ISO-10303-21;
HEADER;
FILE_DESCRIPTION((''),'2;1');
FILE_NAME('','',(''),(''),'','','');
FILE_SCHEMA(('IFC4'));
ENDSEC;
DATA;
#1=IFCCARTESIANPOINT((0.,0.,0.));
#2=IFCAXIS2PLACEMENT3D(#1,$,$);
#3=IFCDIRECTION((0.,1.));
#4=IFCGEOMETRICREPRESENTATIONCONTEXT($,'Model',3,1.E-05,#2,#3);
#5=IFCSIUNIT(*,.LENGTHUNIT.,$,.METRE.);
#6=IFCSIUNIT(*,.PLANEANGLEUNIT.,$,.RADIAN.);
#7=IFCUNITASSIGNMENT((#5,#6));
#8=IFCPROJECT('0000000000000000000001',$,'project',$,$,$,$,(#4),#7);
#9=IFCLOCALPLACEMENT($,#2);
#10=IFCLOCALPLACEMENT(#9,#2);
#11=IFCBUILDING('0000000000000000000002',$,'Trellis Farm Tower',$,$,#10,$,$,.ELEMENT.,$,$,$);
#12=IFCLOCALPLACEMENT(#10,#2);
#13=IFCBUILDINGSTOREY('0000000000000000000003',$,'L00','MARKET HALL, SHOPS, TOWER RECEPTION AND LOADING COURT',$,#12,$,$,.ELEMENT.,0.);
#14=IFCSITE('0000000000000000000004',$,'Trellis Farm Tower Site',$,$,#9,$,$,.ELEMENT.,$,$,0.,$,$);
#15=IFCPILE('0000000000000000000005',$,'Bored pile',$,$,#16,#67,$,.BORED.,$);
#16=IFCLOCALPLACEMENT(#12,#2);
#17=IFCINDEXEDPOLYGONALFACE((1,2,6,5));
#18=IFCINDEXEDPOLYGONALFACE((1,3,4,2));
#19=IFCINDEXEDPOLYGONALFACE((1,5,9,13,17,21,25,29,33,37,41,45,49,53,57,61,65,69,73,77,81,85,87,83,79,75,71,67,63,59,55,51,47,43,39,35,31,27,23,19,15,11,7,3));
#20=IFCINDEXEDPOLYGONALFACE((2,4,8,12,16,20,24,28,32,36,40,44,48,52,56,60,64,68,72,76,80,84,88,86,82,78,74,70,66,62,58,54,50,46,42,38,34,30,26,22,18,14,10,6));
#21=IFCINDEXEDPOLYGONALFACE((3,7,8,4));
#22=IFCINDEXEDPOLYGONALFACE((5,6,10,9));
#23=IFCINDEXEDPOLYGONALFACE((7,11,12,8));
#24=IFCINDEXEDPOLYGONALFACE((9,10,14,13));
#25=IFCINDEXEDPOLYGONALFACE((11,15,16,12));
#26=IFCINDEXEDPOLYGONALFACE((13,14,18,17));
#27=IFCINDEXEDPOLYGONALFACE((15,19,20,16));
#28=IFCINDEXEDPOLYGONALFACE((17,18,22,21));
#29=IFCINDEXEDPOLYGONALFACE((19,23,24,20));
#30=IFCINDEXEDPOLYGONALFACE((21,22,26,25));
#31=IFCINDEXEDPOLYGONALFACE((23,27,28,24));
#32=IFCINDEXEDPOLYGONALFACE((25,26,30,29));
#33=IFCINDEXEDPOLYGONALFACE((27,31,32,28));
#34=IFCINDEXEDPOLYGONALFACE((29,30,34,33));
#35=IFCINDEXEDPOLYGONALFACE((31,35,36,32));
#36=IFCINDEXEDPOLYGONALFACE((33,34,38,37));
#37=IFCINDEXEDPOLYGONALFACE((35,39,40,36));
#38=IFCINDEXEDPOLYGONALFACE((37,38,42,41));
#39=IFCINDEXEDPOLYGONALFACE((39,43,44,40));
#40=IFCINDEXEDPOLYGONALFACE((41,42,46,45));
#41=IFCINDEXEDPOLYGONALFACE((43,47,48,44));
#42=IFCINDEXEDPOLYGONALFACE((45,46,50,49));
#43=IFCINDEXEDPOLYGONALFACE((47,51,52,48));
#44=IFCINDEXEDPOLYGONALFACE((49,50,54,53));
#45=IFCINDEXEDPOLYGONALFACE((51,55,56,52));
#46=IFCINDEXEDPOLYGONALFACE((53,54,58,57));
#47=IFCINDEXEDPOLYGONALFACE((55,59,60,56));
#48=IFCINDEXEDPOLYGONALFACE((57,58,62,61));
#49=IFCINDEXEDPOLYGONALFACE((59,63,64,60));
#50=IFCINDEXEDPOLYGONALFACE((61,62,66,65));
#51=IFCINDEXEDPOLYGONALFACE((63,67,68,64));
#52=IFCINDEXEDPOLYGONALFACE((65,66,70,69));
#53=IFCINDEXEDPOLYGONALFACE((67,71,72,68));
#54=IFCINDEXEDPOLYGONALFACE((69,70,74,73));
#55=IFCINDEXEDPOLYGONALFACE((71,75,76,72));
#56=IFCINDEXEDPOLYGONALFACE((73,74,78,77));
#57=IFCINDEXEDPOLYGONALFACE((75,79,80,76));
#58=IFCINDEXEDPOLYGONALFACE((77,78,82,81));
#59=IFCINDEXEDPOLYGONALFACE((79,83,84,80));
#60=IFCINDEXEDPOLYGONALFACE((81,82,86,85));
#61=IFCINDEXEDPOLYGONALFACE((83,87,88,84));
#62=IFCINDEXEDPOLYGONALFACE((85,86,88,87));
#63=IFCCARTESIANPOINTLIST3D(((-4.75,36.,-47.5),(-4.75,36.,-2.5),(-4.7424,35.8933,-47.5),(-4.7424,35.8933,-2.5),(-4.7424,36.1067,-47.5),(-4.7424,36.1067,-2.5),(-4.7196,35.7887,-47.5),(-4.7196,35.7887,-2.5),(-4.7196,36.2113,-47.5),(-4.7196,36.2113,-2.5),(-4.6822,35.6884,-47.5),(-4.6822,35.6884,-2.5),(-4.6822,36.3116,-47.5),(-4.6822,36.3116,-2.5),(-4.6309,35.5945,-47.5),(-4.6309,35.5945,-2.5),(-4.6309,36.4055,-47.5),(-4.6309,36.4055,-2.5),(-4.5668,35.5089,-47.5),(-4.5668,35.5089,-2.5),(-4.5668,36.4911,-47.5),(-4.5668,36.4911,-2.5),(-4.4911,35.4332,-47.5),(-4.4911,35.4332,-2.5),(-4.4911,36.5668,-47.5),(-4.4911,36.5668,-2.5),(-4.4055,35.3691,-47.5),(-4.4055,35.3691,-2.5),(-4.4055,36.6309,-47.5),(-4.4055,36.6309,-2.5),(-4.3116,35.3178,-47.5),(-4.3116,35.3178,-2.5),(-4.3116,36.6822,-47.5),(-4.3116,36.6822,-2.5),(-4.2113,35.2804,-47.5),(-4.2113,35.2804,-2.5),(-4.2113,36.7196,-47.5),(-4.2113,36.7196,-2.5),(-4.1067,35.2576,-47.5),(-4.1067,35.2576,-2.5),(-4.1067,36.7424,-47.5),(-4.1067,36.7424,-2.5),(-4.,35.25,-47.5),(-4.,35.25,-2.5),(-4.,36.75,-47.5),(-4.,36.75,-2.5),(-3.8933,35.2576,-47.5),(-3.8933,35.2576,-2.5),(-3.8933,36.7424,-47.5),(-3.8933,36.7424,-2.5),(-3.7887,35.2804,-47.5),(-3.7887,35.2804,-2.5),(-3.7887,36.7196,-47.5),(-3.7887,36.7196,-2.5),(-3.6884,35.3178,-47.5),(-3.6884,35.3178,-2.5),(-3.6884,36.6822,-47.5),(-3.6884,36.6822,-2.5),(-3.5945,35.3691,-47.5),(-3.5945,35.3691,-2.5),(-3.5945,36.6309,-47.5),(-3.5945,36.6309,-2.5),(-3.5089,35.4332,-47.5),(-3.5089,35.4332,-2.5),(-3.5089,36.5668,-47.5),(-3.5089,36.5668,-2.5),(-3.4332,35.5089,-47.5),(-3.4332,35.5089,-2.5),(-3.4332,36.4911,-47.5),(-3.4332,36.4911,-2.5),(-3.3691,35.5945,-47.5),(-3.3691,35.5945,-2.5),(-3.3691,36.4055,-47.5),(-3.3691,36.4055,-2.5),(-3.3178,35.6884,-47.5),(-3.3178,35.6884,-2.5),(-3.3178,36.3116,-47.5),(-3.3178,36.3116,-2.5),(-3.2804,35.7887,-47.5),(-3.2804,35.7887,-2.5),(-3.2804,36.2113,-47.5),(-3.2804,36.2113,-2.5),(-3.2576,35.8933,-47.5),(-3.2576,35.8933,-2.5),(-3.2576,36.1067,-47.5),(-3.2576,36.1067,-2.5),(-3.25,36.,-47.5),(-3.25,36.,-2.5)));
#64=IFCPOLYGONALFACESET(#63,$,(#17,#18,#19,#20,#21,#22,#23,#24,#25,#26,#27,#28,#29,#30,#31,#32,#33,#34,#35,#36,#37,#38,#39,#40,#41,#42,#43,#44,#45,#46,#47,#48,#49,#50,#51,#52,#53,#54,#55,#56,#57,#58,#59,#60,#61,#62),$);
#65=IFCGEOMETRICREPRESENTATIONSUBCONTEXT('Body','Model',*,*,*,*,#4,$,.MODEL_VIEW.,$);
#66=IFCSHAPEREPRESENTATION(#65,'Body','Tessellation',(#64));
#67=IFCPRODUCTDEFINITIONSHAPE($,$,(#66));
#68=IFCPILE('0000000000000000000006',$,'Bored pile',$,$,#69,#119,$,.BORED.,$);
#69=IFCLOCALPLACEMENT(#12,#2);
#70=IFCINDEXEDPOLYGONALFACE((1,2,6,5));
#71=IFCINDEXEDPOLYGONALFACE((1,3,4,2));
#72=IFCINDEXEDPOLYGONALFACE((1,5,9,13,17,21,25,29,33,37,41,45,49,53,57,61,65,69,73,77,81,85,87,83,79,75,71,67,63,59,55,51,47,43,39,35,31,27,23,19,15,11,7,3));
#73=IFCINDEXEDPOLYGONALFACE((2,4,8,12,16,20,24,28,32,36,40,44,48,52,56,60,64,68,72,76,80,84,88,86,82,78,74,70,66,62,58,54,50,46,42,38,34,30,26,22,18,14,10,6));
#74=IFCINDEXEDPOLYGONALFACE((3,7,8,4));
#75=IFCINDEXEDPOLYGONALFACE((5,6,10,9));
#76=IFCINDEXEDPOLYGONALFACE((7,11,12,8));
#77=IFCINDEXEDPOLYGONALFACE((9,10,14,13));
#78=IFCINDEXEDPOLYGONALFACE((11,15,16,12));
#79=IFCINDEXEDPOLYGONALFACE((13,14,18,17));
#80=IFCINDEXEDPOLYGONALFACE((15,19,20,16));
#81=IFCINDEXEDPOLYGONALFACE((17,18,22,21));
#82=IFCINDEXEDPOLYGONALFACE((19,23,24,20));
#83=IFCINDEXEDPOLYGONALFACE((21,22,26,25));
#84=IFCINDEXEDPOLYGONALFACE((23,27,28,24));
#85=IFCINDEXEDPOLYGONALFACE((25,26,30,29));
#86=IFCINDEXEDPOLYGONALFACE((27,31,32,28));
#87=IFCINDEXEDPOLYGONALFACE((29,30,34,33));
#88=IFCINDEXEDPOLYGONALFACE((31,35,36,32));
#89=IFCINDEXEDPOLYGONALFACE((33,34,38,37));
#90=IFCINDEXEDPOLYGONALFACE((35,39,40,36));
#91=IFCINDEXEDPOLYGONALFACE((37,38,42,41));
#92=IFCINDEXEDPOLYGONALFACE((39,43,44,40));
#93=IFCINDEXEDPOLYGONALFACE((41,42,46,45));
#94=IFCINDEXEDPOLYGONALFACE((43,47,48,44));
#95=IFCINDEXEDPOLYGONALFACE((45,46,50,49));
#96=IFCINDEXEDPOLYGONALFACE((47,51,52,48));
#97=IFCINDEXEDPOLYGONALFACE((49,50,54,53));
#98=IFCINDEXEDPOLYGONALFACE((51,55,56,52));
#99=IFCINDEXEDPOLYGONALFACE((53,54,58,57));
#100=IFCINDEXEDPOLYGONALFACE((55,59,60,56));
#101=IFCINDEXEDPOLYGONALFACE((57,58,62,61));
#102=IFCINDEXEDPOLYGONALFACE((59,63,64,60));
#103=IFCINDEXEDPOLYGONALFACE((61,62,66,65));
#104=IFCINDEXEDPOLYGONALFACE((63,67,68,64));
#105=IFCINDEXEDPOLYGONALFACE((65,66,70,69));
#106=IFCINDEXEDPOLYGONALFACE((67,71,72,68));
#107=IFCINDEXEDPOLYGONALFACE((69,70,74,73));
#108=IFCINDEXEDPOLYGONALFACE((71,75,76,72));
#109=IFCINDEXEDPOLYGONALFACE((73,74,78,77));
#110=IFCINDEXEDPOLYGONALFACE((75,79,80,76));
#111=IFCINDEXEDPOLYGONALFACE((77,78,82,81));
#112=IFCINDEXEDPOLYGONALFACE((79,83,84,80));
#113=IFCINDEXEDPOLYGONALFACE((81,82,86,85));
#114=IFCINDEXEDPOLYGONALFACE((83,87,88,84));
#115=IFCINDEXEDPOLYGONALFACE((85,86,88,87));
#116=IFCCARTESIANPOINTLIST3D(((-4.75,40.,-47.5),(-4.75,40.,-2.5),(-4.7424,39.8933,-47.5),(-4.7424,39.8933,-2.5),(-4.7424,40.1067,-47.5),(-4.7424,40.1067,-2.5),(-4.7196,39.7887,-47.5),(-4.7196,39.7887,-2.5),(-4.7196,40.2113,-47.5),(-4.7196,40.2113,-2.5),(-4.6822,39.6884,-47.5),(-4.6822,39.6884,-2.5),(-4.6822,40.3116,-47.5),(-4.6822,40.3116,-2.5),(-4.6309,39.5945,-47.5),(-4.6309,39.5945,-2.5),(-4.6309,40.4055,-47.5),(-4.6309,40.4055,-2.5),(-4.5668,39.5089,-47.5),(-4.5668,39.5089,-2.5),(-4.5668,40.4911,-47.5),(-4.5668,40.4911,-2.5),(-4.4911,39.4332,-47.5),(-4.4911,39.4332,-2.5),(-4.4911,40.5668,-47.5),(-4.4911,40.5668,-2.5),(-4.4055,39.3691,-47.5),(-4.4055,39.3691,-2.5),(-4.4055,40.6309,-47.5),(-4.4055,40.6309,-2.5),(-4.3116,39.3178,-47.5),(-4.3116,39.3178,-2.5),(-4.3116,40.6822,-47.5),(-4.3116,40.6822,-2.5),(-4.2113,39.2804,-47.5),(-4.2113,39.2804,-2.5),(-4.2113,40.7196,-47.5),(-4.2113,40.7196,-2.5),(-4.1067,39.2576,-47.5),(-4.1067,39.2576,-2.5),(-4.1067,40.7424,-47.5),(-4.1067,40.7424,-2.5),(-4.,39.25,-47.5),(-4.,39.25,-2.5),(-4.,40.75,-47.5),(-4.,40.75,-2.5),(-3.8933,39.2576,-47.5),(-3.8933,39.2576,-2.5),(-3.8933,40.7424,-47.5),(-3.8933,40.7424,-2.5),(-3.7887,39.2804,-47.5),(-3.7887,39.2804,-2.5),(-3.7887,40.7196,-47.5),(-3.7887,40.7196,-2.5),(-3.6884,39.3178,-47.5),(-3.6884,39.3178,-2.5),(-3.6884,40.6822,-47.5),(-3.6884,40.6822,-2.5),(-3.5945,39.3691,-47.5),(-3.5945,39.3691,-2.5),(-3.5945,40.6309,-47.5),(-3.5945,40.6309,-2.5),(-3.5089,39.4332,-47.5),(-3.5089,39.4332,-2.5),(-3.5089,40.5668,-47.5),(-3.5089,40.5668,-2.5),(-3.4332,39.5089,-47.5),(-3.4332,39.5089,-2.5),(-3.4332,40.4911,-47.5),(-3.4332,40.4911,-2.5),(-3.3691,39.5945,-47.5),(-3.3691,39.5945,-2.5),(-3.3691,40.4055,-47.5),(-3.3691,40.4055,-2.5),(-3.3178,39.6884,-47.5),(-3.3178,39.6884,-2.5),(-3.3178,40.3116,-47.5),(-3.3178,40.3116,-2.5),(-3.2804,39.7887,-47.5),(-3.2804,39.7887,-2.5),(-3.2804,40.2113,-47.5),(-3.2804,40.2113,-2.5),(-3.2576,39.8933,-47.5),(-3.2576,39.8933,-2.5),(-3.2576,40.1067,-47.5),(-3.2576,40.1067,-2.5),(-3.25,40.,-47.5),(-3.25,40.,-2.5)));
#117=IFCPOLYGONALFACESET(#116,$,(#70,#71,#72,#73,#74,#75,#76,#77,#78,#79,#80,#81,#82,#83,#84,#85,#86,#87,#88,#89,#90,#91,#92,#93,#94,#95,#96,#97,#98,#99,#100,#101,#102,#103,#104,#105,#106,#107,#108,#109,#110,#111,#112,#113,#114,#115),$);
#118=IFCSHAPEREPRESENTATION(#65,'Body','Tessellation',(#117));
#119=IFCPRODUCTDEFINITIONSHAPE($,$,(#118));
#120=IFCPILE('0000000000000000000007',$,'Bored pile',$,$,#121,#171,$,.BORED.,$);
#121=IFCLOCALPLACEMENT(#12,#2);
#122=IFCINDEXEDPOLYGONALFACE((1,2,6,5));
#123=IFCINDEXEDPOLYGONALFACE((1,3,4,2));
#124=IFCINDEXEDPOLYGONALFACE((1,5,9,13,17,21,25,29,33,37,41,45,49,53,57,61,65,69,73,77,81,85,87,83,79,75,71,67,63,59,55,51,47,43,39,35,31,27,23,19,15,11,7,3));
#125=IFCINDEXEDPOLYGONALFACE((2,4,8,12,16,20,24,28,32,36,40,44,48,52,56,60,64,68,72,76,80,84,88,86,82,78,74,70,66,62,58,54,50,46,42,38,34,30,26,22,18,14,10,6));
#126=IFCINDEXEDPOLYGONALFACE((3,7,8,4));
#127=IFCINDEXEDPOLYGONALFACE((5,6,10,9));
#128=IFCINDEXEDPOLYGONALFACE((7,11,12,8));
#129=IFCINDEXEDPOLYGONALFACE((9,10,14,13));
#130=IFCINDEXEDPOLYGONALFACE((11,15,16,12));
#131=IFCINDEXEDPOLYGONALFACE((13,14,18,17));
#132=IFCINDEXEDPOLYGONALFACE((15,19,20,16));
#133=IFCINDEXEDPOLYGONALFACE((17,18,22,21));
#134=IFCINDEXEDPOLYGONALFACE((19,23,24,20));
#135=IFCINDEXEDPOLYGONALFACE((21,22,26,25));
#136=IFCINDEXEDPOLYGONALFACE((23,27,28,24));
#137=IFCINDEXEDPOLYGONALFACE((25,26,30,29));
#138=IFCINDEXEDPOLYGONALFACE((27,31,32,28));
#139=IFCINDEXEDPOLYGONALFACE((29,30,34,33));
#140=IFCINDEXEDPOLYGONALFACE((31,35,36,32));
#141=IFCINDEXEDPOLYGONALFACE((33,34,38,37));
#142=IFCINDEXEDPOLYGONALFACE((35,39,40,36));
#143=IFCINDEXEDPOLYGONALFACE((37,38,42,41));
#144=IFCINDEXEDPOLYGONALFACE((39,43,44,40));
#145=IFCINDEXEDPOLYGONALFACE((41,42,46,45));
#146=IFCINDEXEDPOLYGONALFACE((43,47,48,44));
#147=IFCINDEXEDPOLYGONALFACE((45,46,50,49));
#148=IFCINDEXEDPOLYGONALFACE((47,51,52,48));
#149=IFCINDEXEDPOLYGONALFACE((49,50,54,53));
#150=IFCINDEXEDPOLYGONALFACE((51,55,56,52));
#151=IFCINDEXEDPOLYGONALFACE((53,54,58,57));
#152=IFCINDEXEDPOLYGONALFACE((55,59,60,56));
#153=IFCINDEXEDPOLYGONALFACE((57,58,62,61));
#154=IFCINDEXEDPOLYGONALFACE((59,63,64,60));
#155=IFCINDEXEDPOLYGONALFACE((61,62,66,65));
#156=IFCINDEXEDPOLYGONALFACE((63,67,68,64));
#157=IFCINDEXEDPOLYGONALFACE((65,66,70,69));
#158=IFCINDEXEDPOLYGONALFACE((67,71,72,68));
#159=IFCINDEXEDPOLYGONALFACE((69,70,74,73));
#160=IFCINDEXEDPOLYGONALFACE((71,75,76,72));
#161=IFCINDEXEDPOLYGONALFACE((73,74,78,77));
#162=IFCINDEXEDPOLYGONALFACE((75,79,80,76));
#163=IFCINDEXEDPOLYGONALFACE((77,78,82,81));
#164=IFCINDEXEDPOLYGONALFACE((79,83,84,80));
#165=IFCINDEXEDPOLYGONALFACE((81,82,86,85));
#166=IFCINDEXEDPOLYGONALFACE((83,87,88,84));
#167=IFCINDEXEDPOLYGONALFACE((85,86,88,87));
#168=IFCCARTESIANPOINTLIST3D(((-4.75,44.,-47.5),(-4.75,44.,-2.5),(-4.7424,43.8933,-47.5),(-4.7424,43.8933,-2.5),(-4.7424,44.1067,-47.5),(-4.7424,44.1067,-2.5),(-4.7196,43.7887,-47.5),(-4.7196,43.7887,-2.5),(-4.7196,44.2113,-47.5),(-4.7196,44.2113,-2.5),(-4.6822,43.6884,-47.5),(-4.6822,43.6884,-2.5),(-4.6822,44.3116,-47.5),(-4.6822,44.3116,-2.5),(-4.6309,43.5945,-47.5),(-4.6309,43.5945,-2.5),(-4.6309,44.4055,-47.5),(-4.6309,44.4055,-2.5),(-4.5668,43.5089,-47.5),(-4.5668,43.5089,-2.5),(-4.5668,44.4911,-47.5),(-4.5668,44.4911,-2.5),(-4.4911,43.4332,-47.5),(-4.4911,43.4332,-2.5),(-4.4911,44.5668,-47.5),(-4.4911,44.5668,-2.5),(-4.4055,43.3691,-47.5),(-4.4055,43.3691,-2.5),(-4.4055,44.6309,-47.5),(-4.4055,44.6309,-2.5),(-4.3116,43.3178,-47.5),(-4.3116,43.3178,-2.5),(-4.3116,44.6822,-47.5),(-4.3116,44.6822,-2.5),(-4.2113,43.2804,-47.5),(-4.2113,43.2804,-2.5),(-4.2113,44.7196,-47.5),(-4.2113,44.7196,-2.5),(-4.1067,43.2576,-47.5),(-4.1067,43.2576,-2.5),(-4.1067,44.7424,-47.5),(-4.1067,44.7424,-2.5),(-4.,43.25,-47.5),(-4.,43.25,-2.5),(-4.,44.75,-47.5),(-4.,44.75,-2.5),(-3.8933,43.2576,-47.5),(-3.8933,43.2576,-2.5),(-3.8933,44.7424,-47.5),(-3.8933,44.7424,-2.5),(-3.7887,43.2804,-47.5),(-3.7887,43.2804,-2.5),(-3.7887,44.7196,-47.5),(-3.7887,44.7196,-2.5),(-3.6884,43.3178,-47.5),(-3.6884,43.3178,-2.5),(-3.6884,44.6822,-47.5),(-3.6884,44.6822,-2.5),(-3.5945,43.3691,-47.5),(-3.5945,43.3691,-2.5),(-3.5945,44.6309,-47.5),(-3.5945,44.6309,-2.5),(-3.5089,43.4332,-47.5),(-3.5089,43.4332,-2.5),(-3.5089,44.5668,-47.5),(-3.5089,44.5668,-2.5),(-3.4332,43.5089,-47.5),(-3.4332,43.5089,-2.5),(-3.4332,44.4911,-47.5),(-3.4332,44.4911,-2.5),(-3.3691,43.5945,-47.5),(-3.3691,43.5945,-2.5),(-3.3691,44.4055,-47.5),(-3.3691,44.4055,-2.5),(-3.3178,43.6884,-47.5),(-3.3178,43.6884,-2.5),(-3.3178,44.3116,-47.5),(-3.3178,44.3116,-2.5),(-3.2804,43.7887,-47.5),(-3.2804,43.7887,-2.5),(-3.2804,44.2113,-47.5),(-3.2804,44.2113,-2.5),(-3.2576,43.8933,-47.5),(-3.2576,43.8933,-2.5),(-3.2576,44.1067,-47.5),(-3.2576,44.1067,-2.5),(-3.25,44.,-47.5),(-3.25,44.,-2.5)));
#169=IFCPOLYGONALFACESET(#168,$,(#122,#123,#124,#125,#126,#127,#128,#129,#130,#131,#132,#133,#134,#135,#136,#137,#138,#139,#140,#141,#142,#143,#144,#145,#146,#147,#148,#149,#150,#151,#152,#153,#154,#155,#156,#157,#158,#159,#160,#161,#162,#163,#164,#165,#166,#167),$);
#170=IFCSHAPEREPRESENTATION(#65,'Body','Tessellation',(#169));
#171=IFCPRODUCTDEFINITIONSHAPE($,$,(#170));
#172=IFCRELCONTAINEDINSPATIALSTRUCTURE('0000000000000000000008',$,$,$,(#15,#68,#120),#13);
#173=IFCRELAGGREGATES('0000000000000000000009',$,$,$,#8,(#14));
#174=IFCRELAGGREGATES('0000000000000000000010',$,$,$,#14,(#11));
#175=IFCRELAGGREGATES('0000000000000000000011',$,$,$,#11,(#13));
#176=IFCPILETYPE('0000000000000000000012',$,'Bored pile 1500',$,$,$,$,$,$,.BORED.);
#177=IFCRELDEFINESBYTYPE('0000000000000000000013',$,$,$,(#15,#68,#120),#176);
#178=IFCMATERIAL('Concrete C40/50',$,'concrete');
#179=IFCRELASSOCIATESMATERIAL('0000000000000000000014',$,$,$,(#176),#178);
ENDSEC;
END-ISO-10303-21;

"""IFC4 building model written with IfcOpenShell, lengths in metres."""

from ifc_helpers import new_model, si_unit, direction, frame, origin, origin_2d, place, context, subcontext, project, spatial, circle, extrude, source, transform, mapped, material, material_profile, profile_set, type_object, element, save


model = new_model("IFC4")

# Units and contexts
model_context = context("Model", 3, precision=1e-05, world=origin(), true_north=direction((0.0, 1.0)))
body_context = subcontext(model_context, "Body", "Model", "MODEL_VIEW")
ifc_project = project(units=[si_unit("LENGTHUNIT", "METRE"), si_unit("PLANEANGLEUNIT", "RADIAN")], contexts=[model_context])

# Site, building, storey
site_placement = place(None, origin())
site = spatial("IfcSite", under=ifc_project, at=site_placement, Name="Trellis Farm Tower Site", CompositionType="ELEMENT", RefElevation=0.0)
building_placement = place(site_placement, origin())
building = spatial("IfcBuilding", under=site, at=building_placement, Name="Trellis Farm Tower", CompositionType="ELEMENT")
storey_placement = place(building_placement, origin())
storey = spatial("IfcBuildingStorey", under=building, at=storey_placement, Name="L00", Description="MARKET HALL, SHOPS, TOWER RECEPTION AND LOADING COURT", CompositionType="ELEMENT", Elevation=0.0)

# Piles
ifc_material_1 = material(Name="Concrete C40/50", Category="concrete")
ifc_material_profile_1 = material_profile(ifc_material_1, circle(Radius=0.75, at=origin_2d()), Name="Bored pile 1500")
ifc_profile_set_1 = profile_set([ifc_material_profile_1], Name="Concrete C40/50")
pile_type = type_object("IfcPileType", Name="Bored pile 1500", PredefinedType="BORED", material=ifc_profile_set_1)
shared_shape_1 = source(origin(), body_context, "Body", "SweptSolid", [
    extrude(circle(Radius=0.75, at=origin_2d()), origin(), (0.0, 0.0, 1.0), 45.0),
])
for number, where, z_axis, x_axis, name in (
    (1, (-4.0, 36.0, -2.5), (0.0, 0.0, -1.0), (1.0, 0.0, 0.0), "Bored pile"),
    (2, (-4.0, 40.0, -2.5), (0.0, 0.0, -1.0), (1.0, 0.0, 0.0), "Bored pile"),
    (3, (-4.0, 44.0, -2.5), (0.0, 0.0, -1.0), (1.0, 0.0, 0.0), "Bored pile"),
):
    element("IfcPile", number, at=place(storey_placement, frame(where, z_axis=z_axis, x_axis=x_axis)), inside=storey, type_object=pile_type, Name=name, PredefinedType="BORED", context=body_context, shape_type="MappedRepresentation", body=[
        mapped(shared_shape_1, transform((0.0, 0.0, 0.0))),
    ])

save(model, "model.ifc")
